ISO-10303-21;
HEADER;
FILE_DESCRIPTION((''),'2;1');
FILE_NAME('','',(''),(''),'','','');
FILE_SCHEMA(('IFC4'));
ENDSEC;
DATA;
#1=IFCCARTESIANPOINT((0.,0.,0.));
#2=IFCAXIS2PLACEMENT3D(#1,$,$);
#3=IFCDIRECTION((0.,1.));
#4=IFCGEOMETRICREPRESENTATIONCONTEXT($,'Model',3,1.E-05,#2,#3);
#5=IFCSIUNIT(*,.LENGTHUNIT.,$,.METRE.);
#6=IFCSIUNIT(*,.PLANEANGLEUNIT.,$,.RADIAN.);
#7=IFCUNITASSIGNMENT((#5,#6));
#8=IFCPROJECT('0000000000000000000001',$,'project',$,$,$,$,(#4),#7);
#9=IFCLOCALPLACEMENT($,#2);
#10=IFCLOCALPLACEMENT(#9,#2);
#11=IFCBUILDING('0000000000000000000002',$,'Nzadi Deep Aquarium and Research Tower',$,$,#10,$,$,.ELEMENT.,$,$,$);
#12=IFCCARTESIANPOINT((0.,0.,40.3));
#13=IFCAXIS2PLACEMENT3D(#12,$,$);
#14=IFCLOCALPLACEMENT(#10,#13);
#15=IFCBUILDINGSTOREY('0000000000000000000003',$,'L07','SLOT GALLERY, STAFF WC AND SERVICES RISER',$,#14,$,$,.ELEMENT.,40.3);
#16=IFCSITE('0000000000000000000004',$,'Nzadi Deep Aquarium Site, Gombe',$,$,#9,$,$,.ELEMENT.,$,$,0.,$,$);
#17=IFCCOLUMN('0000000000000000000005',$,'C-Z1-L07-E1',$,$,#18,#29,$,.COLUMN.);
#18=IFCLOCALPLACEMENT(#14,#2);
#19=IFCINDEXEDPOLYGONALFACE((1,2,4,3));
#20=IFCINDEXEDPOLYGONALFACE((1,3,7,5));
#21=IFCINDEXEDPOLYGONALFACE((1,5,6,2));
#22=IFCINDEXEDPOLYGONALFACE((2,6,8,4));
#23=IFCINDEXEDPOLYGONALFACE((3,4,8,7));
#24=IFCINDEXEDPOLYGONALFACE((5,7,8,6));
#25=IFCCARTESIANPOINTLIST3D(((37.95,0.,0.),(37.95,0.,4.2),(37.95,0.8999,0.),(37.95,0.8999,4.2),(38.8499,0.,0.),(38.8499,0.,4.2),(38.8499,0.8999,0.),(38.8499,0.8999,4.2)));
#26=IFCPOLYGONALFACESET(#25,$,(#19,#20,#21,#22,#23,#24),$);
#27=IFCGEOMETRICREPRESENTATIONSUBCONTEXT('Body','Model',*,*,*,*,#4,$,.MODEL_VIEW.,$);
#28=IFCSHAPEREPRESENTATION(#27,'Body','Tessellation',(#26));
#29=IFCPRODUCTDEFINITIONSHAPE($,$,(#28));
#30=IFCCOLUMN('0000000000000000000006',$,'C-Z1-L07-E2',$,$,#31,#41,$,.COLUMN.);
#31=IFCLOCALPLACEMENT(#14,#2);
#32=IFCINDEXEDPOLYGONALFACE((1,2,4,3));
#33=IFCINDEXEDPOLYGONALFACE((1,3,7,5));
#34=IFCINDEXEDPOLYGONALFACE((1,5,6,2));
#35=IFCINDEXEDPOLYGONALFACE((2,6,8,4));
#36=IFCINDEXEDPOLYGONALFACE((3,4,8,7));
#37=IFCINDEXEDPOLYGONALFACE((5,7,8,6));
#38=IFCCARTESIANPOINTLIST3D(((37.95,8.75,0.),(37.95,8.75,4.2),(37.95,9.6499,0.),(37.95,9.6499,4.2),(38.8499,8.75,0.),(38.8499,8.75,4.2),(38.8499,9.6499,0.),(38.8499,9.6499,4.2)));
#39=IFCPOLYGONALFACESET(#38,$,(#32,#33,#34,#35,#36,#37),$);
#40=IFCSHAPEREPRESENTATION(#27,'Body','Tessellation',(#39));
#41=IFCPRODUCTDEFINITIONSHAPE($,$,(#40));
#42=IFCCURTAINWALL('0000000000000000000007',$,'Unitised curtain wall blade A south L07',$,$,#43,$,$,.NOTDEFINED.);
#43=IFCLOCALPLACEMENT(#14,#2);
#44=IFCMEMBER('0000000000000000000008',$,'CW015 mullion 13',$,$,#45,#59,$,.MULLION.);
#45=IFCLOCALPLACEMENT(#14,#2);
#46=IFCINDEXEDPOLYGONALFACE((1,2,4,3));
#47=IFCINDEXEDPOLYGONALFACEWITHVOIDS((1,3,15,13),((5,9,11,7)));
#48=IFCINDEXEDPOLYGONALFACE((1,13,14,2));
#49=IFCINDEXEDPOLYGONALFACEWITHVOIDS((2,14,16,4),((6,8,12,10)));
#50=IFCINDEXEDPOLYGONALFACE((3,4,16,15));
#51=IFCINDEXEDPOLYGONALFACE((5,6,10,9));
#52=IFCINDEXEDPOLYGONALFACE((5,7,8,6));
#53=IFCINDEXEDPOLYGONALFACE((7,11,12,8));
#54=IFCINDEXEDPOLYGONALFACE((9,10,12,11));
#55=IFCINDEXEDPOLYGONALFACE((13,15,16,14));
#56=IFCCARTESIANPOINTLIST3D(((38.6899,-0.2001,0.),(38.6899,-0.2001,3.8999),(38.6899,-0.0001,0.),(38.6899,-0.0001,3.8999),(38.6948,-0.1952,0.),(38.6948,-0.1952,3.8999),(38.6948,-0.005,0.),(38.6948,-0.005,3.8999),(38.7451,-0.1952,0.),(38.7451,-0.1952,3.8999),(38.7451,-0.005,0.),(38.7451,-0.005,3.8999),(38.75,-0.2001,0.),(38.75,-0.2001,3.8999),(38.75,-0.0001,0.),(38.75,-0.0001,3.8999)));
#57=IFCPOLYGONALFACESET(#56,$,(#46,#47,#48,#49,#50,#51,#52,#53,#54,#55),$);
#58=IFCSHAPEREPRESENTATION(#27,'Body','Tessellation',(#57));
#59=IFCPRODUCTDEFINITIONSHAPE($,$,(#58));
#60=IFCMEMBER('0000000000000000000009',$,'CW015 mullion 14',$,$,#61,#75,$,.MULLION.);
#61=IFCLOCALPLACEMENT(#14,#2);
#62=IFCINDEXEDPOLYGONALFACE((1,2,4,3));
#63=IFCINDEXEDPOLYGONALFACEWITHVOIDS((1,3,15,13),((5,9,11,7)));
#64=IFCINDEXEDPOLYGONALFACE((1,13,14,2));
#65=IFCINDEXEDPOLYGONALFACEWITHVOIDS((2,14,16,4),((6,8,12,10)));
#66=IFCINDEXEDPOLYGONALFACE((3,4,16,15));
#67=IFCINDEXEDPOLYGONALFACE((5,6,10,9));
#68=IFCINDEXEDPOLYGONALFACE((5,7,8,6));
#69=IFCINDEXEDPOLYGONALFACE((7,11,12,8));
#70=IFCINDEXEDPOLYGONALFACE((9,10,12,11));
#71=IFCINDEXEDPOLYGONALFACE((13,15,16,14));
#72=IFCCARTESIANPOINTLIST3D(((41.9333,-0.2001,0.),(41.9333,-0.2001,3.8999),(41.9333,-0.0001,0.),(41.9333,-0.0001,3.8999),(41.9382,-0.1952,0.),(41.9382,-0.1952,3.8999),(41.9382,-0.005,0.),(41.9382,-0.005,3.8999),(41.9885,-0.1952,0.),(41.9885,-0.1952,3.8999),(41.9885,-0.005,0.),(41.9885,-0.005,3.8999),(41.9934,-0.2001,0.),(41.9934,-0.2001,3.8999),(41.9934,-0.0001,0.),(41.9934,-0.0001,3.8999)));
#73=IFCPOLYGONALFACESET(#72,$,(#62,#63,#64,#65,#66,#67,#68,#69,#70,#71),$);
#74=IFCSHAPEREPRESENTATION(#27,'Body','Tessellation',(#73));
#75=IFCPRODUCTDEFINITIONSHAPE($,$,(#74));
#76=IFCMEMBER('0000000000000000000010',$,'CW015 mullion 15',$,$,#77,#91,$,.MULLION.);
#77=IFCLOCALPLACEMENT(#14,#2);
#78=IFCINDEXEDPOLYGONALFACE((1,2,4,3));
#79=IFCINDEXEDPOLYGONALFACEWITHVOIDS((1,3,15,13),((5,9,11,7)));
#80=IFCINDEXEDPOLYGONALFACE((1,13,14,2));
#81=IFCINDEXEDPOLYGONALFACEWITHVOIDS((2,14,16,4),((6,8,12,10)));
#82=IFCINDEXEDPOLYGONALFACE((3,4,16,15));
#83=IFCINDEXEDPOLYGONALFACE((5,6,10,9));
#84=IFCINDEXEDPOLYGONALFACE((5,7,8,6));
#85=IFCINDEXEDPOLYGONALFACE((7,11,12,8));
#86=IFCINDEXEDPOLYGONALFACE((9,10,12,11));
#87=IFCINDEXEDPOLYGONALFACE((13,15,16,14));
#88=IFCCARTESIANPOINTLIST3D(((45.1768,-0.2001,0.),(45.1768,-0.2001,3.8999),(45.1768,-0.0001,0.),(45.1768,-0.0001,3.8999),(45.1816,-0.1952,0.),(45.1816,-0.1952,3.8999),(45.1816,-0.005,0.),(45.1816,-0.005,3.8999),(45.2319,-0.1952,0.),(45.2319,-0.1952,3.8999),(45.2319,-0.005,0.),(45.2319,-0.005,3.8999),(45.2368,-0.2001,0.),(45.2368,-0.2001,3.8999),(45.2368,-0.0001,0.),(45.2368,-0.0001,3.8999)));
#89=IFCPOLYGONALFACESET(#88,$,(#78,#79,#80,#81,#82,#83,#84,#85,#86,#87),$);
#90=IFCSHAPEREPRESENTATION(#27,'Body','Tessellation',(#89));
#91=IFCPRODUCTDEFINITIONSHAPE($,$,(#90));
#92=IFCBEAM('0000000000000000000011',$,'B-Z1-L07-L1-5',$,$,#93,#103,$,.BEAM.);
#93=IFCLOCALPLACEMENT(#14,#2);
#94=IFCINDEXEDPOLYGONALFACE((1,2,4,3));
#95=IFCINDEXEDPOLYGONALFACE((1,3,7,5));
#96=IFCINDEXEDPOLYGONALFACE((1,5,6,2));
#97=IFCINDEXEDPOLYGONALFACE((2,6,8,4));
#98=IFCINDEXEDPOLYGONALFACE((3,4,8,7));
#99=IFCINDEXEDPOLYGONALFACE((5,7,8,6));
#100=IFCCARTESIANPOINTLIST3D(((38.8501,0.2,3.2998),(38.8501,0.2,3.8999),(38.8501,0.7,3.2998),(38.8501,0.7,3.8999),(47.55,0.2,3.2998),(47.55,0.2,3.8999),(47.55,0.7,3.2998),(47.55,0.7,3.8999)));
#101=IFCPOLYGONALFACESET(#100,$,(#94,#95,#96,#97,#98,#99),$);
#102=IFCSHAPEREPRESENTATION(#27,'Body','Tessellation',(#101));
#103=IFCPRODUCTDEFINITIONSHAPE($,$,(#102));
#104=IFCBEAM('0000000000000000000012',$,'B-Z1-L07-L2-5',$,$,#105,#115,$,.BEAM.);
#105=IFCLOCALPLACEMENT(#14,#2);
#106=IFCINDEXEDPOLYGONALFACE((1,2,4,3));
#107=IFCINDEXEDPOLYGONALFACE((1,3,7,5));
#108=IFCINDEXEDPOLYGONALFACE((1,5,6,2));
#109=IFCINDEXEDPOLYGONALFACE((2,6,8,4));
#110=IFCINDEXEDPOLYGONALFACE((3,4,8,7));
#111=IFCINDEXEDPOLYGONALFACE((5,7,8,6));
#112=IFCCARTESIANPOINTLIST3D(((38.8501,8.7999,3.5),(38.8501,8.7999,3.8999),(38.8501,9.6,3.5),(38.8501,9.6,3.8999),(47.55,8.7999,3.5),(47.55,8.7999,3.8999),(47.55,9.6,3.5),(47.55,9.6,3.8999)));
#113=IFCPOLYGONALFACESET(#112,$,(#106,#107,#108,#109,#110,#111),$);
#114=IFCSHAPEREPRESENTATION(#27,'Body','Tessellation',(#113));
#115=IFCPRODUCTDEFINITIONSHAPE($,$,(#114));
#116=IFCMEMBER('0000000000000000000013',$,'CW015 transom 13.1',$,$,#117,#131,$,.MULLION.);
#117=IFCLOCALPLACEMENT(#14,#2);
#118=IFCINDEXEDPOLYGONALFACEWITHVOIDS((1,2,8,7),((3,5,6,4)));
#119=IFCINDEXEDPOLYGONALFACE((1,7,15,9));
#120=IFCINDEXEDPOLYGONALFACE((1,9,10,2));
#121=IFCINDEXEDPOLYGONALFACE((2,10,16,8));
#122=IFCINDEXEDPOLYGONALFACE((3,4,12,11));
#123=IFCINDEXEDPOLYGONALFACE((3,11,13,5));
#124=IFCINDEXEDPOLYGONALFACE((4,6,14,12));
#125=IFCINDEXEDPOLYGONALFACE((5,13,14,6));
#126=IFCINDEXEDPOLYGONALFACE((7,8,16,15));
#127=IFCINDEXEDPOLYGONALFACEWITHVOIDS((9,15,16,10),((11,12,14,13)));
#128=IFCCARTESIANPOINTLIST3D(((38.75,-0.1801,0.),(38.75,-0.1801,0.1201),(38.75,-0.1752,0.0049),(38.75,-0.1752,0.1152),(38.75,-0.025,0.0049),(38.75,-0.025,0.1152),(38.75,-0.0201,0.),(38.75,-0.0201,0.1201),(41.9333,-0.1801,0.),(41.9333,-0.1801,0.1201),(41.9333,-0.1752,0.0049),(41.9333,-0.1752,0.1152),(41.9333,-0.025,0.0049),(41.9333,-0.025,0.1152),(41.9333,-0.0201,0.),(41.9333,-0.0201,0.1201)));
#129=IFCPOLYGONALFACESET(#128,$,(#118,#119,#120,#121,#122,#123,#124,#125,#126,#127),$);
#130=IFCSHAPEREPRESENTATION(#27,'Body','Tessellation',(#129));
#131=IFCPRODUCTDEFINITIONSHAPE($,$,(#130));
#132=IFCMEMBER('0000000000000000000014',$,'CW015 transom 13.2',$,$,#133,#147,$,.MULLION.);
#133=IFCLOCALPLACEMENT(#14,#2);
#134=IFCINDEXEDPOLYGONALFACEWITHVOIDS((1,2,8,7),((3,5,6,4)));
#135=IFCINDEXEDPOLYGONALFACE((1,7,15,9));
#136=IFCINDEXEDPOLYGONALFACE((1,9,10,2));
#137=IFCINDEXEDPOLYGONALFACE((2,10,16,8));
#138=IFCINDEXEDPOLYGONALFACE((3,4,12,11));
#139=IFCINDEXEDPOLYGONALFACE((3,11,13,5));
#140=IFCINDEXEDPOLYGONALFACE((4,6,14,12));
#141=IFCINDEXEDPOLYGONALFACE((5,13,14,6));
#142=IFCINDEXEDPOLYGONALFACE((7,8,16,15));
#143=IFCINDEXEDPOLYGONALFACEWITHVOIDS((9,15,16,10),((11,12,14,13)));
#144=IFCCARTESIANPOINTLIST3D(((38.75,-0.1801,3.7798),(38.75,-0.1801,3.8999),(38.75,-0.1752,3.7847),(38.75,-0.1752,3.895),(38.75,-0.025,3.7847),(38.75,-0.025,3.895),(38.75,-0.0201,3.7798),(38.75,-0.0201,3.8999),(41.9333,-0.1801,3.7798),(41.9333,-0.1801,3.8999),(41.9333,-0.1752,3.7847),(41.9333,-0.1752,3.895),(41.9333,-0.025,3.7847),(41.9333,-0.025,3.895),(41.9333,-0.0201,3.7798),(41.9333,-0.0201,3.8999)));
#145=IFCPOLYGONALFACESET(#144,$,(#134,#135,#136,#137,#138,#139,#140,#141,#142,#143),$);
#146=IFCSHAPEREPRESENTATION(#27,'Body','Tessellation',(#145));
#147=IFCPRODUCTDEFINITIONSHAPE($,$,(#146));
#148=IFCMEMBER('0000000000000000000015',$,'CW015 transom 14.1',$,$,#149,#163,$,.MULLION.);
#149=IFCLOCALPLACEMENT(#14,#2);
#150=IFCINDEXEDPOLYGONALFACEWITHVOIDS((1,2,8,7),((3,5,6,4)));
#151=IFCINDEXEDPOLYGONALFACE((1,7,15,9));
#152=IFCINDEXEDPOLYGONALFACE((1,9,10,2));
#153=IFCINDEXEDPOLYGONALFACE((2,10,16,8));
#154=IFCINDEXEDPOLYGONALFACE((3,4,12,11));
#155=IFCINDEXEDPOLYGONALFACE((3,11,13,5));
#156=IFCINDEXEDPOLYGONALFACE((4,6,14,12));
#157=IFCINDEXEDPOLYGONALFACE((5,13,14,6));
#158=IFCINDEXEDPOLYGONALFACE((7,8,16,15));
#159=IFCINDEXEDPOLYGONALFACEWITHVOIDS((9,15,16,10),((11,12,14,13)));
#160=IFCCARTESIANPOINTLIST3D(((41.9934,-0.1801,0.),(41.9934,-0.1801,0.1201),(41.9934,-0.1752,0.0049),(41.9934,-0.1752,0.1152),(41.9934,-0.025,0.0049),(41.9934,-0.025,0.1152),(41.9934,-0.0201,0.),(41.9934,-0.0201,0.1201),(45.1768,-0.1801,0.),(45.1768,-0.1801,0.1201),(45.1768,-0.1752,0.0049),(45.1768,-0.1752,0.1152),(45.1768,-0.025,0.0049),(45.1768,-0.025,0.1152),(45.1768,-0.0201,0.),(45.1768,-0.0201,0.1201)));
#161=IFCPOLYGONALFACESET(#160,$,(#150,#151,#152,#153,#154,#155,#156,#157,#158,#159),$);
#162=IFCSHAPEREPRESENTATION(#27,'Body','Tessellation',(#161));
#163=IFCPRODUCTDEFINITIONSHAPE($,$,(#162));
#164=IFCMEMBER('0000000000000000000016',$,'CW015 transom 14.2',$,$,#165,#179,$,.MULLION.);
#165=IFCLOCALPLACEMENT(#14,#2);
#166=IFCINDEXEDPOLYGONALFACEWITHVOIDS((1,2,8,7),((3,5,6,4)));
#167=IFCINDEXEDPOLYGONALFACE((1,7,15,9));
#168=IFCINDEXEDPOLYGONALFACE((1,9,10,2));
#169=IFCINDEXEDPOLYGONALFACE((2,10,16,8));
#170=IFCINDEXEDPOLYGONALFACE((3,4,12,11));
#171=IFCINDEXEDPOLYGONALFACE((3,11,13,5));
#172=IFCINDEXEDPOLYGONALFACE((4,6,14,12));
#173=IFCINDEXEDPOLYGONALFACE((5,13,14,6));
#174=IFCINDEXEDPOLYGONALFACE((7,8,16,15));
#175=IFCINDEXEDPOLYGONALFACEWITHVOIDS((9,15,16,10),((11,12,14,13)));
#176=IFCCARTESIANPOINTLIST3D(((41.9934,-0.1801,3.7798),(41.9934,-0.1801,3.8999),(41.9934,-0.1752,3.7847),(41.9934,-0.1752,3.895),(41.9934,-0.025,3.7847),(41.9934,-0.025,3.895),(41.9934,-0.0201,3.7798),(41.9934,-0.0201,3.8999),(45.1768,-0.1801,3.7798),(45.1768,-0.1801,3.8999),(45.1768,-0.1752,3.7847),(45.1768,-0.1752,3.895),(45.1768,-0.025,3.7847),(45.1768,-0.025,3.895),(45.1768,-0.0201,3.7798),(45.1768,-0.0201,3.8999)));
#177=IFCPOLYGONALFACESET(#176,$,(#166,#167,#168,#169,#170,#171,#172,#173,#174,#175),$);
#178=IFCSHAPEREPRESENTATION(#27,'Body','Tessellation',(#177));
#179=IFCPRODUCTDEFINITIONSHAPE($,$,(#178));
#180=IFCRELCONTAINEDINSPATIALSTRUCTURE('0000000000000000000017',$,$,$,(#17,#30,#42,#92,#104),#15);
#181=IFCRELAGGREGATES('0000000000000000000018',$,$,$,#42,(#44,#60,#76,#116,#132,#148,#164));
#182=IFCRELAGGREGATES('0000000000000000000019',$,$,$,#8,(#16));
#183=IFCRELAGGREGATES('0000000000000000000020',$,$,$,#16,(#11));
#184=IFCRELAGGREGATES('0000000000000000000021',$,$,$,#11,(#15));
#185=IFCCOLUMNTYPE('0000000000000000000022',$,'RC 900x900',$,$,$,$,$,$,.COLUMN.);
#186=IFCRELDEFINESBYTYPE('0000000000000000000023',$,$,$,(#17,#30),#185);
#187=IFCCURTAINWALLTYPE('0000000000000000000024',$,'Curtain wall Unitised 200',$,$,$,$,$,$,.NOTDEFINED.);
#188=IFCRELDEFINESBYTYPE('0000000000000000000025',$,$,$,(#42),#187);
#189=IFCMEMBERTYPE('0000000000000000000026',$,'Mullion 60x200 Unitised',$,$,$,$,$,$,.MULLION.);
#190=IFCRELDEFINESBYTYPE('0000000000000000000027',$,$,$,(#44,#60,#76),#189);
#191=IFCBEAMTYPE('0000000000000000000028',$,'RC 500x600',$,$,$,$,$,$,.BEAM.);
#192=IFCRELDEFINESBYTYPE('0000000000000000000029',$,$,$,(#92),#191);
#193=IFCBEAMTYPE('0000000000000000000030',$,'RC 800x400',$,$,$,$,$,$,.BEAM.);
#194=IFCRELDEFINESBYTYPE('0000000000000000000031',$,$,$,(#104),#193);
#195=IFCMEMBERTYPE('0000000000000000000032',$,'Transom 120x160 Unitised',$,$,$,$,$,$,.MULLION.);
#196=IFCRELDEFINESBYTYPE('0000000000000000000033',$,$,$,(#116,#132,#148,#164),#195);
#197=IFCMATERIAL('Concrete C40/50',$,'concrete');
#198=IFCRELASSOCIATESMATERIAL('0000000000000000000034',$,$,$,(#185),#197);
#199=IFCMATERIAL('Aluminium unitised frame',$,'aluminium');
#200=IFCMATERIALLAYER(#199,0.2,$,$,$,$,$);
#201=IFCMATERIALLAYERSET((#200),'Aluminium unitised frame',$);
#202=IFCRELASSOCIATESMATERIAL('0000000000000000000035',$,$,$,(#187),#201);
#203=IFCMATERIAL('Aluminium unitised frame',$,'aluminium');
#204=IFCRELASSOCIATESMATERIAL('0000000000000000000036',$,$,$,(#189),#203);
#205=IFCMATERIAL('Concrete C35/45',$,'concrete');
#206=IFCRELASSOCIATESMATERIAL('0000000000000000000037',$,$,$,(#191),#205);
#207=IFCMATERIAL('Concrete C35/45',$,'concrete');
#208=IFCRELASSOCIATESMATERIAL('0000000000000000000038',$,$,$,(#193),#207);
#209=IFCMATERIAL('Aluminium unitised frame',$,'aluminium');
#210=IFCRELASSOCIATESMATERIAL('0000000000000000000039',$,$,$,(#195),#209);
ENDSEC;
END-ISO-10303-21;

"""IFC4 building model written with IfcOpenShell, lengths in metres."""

from ifc_helpers import new_model, si_unit, direction, frame, origin, origin_2d, place, context, subcontext, project, spatial, rectangle, hollow_rectangle, extrude, material, layer, layer_set, material_profile, profile_set, type_object, element, aggregate, save


model = new_model("IFC4")

# Units and contexts
model_context = context("Model", 3, precision=1e-05, world=origin(), true_north=direction((0.0, 1.0)))
body_context = subcontext(model_context, "Body", "Model", "MODEL_VIEW")
ifc_project = project(units=[si_unit("LENGTHUNIT", "METRE"), si_unit("PLANEANGLEUNIT", "RADIAN")], contexts=[model_context])

# Site, building, storey
site_placement = place(None, origin())
site = spatial("IfcSite", under=ifc_project, at=site_placement, Name="Nzadi Deep Aquarium Site, Gombe", CompositionType="ELEMENT", RefElevation=0.0)
building_placement = place(site_placement, origin())
building = spatial("IfcBuilding", under=site, at=building_placement, Name="Nzadi Deep Aquarium and Research Tower", CompositionType="ELEMENT")
storey_placement = place(building_placement, frame((0.0, 0.0, 40.3)))
storey = spatial("IfcBuildingStorey", under=building, at=storey_placement, Name="L07", Description="SLOT GALLERY, STAFF WC AND SERVICES RISER", CompositionType="ELEMENT", Elevation=40.3)

# Columns
ifc_material_1 = material(Name="Concrete C40/50", Category="concrete")
ifc_material_profile_1 = material_profile(ifc_material_1, rectangle(XDim=0.8999, YDim=0.8999, at=origin_2d()))
ifc_profile_set_1 = profile_set([ifc_material_profile_1], Name="Concrete C40/50")
column_type = type_object("IfcColumnType", Name="RC 900x900", PredefinedType="COLUMN", material=ifc_profile_set_1)
for number, where, z_axis, x_axis, name in (
    (1, (38.3999, 0.45, 0.0), (0.0, 0.0, 1.0), (1.0, 0.0, 0.0), "C-Z1-L07-E1"),
    (2, (38.3999, 9.2, 0.0), (0.0, 0.0, 1.0), (1.0, 0.0, 0.0), "C-Z1-L07-E2"),
):
    element("IfcColumn", number, at=place(storey_placement, frame(where, z_axis=z_axis, x_axis=x_axis)), inside=storey, type_object=column_type, Name=name, PredefinedType="COLUMN", context=body_context, shape_type="SweptSolid", body=[
        extrude(rectangle(XDim=0.8999, YDim=0.8999, at=origin_2d()), origin(), (0.0, 0.0, 1.0), 4.2),
    ])

# Curtain wall, members
ifc_material_2 = material(Name="Aluminium unitised frame", Category="aluminium")
ifc_layer_1 = layer(ifc_material_2, 0.2)
ifc_layer_set_1 = layer_set([ifc_layer_1], Name="Aluminium unitised frame")
curtain_wall_type = type_object("IfcCurtainWallType", Name="Curtain wall Unitised 200", PredefinedType="NOTDEFINED", material=ifc_layer_set_1)
curtain_wall_placement = place(storey_placement, origin())
curtain_wall = element("IfcCurtainWall", 3, at=curtain_wall_placement, inside=storey, type_object=curtain_wall_type, Name="Unitised curtain wall blade A south L07", PredefinedType="NOTDEFINED")
ifc_material_3 = material(Name="Aluminium unitised frame", Category="aluminium")
ifc_material_profile_2 = material_profile(ifc_material_3, hollow_rectangle(XDim=0.2, YDim=0.0601, WallThickness=0.0049, at=origin_2d()))
ifc_profile_set_2 = profile_set([ifc_material_profile_2], Name="Aluminium unitised frame")
member_type_1 = type_object("IfcMemberType", Name="Mullion 60x200 Unitised", PredefinedType="MULLION", material=ifc_profile_set_2)
member_1_placement = place(storey_placement, frame((38.72, -0.1001, 0.0), z_axis=(0.0, 0.0, 1.0), x_axis=(0.0, 1.0, 0.0)))
member_1 = element("IfcMember", 4, at=member_1_placement, type_object=member_type_1, Name="CW015 mullion 13", PredefinedType="MULLION", context=body_context, shape_type="SweptSolid", body=[
    extrude(hollow_rectangle(XDim=0.2, YDim=0.0601, WallThickness=0.0049, at=origin_2d()), origin(), (0.0, 0.0, 1.0), 3.8999),
])
member_2_placement = place(storey_placement, frame((41.9634, -0.1001, 0.0), z_axis=(0.0, 0.0, 1.0), x_axis=(0.0, 1.0, 0.0)))
member_2 = element("IfcMember", 5, at=member_2_placement, type_object=member_type_1, Name="CW015 mullion 14", PredefinedType="MULLION", context=body_context, shape_type="SweptSolid", body=[
    extrude(hollow_rectangle(XDim=0.2, YDim=0.0601, WallThickness=0.0049, at=origin_2d()), origin(), (0.0, 0.0, 1.0), 3.8999),
])
member_3_placement = place(storey_placement, frame((45.2068, -0.1001, 0.0), z_axis=(0.0, 0.0, 1.0), x_axis=(0.0, 1.0, 0.0)))
member_3 = element("IfcMember", 6, at=member_3_placement, type_object=member_type_1, Name="CW015 mullion 15", PredefinedType="MULLION", context=body_context, shape_type="SweptSolid", body=[
    extrude(hollow_rectangle(XDim=0.2, YDim=0.0601, WallThickness=0.0049, at=origin_2d()), origin(), (0.0, 0.0, 1.0), 3.8999),
])

# Beams
ifc_material_4 = material(Name="Concrete C35/45", Category="concrete")
ifc_material_profile_3 = material_profile(ifc_material_4, rectangle(XDim=0.5, YDim=0.6001, at=origin_2d()))
ifc_profile_set_3 = profile_set([ifc_material_profile_3], Name="Concrete C35/45")
beam_type_1 = type_object("IfcBeamType", Name="RC 500x600", PredefinedType="BEAM", material=ifc_profile_set_3)
beam_1_placement = place(storey_placement, frame((38.8501, 0.45, 3.5999), z_axis=(1.0, 0.0, 0.0), x_axis=(0.0, 1.0, 0.0)))
element("IfcBeam", 7, at=beam_1_placement, inside=storey, type_object=beam_type_1, Name="B-Z1-L07-L1-5", PredefinedType="BEAM", context=body_context, shape_type="SweptSolid", body=[
    extrude(rectangle(XDim=0.5, YDim=0.6001, at=origin_2d()), origin(), (0.0, 0.0, 1.0), 8.7),
])
ifc_material_5 = material(Name="Concrete C35/45", Category="concrete")
ifc_material_profile_4 = material_profile(ifc_material_5, rectangle(XDim=0.8, YDim=0.3999, at=origin_2d()))
ifc_profile_set_4 = profile_set([ifc_material_profile_4], Name="Concrete C35/45")
beam_type_2 = type_object("IfcBeamType", Name="RC 800x400", PredefinedType="BEAM", material=ifc_profile_set_4)
beam_2_placement = place(storey_placement, frame((38.8501, 9.2, 3.7), z_axis=(1.0, 0.0, 0.0), x_axis=(0.0, 1.0, 0.0)))
element("IfcBeam", 8, at=beam_2_placement, inside=storey, type_object=beam_type_2, Name="B-Z1-L07-L2-5", PredefinedType="BEAM", context=body_context, shape_type="SweptSolid", body=[
    extrude(rectangle(XDim=0.8, YDim=0.3999, at=origin_2d()), origin(), (0.0, 0.0, 1.0), 8.7),
])

# Members
ifc_material_6 = material(Name="Aluminium unitised frame", Category="aluminium")
ifc_material_profile_5 = material_profile(ifc_material_6, hollow_rectangle(XDim=0.1599, YDim=0.1201, WallThickness=0.0049, at=origin_2d()))
ifc_profile_set_5 = profile_set([ifc_material_profile_5], Name="Aluminium unitised frame")
member_type_2 = type_object("IfcMemberType", Name="Transom 120x160 Unitised", PredefinedType="MULLION", material=ifc_profile_set_5)
member_4_placement = place(storey_placement, frame((38.75, -0.1001, 0.0601), z_axis=(1.0, 0.0, 0.0), x_axis=(0.0, 1.0, 0.0)))
member_4 = element("IfcMember", 9, at=member_4_placement, type_object=member_type_2, Name="CW015 transom 13.1", PredefinedType="MULLION", context=body_context, shape_type="SweptSolid", body=[
    extrude(hollow_rectangle(XDim=0.1599, YDim=0.1201, WallThickness=0.0049, at=origin_2d()), origin(), (0.0, 0.0, 1.0), 3.1833),
])
member_5_placement = place(storey_placement, frame((38.75, -0.1001, 3.8398), z_axis=(1.0, 0.0, 0.0), x_axis=(0.0, 1.0, 0.0)))
member_5 = element("IfcMember", 10, at=member_5_placement, type_object=member_type_2, Name="CW015 transom 13.2", PredefinedType="MULLION", context=body_context, shape_type="SweptSolid", body=[
    extrude(hollow_rectangle(XDim=0.1599, YDim=0.1201, WallThickness=0.0049, at=origin_2d()), origin(), (0.0, 0.0, 1.0), 3.1833),
])
member_6_placement = place(storey_placement, frame((41.9934, -0.1001, 0.0601), z_axis=(1.0, 0.0, 0.0), x_axis=(0.0, 1.0, 0.0)))
member_6 = element("IfcMember", 11, at=member_6_placement, type_object=member_type_2, Name="CW015 transom 14.1", PredefinedType="MULLION", context=body_context, shape_type="SweptSolid", body=[
    extrude(hollow_rectangle(XDim=0.1599, YDim=0.1201, WallThickness=0.0049, at=origin_2d()), origin(), (0.0, 0.0, 1.0), 3.1833),
])
member_7_placement = place(storey_placement, frame((41.9934, -0.1001, 3.8398), z_axis=(1.0, 0.0, 0.0), x_axis=(0.0, 1.0, 0.0)))
member_7 = element("IfcMember", 12, at=member_7_placement, type_object=member_type_2, Name="CW015 transom 14.2", PredefinedType="MULLION", context=body_context, shape_type="SweptSolid", body=[
    extrude(hollow_rectangle(XDim=0.1599, YDim=0.1201, WallThickness=0.0049, at=origin_2d()), origin(), (0.0, 0.0, 1.0), 3.1833),
])

aggregate(curtain_wall, [member_1, member_2, member_3, member_4, member_5, member_6, member_7])

save(model, "model.ifc")
